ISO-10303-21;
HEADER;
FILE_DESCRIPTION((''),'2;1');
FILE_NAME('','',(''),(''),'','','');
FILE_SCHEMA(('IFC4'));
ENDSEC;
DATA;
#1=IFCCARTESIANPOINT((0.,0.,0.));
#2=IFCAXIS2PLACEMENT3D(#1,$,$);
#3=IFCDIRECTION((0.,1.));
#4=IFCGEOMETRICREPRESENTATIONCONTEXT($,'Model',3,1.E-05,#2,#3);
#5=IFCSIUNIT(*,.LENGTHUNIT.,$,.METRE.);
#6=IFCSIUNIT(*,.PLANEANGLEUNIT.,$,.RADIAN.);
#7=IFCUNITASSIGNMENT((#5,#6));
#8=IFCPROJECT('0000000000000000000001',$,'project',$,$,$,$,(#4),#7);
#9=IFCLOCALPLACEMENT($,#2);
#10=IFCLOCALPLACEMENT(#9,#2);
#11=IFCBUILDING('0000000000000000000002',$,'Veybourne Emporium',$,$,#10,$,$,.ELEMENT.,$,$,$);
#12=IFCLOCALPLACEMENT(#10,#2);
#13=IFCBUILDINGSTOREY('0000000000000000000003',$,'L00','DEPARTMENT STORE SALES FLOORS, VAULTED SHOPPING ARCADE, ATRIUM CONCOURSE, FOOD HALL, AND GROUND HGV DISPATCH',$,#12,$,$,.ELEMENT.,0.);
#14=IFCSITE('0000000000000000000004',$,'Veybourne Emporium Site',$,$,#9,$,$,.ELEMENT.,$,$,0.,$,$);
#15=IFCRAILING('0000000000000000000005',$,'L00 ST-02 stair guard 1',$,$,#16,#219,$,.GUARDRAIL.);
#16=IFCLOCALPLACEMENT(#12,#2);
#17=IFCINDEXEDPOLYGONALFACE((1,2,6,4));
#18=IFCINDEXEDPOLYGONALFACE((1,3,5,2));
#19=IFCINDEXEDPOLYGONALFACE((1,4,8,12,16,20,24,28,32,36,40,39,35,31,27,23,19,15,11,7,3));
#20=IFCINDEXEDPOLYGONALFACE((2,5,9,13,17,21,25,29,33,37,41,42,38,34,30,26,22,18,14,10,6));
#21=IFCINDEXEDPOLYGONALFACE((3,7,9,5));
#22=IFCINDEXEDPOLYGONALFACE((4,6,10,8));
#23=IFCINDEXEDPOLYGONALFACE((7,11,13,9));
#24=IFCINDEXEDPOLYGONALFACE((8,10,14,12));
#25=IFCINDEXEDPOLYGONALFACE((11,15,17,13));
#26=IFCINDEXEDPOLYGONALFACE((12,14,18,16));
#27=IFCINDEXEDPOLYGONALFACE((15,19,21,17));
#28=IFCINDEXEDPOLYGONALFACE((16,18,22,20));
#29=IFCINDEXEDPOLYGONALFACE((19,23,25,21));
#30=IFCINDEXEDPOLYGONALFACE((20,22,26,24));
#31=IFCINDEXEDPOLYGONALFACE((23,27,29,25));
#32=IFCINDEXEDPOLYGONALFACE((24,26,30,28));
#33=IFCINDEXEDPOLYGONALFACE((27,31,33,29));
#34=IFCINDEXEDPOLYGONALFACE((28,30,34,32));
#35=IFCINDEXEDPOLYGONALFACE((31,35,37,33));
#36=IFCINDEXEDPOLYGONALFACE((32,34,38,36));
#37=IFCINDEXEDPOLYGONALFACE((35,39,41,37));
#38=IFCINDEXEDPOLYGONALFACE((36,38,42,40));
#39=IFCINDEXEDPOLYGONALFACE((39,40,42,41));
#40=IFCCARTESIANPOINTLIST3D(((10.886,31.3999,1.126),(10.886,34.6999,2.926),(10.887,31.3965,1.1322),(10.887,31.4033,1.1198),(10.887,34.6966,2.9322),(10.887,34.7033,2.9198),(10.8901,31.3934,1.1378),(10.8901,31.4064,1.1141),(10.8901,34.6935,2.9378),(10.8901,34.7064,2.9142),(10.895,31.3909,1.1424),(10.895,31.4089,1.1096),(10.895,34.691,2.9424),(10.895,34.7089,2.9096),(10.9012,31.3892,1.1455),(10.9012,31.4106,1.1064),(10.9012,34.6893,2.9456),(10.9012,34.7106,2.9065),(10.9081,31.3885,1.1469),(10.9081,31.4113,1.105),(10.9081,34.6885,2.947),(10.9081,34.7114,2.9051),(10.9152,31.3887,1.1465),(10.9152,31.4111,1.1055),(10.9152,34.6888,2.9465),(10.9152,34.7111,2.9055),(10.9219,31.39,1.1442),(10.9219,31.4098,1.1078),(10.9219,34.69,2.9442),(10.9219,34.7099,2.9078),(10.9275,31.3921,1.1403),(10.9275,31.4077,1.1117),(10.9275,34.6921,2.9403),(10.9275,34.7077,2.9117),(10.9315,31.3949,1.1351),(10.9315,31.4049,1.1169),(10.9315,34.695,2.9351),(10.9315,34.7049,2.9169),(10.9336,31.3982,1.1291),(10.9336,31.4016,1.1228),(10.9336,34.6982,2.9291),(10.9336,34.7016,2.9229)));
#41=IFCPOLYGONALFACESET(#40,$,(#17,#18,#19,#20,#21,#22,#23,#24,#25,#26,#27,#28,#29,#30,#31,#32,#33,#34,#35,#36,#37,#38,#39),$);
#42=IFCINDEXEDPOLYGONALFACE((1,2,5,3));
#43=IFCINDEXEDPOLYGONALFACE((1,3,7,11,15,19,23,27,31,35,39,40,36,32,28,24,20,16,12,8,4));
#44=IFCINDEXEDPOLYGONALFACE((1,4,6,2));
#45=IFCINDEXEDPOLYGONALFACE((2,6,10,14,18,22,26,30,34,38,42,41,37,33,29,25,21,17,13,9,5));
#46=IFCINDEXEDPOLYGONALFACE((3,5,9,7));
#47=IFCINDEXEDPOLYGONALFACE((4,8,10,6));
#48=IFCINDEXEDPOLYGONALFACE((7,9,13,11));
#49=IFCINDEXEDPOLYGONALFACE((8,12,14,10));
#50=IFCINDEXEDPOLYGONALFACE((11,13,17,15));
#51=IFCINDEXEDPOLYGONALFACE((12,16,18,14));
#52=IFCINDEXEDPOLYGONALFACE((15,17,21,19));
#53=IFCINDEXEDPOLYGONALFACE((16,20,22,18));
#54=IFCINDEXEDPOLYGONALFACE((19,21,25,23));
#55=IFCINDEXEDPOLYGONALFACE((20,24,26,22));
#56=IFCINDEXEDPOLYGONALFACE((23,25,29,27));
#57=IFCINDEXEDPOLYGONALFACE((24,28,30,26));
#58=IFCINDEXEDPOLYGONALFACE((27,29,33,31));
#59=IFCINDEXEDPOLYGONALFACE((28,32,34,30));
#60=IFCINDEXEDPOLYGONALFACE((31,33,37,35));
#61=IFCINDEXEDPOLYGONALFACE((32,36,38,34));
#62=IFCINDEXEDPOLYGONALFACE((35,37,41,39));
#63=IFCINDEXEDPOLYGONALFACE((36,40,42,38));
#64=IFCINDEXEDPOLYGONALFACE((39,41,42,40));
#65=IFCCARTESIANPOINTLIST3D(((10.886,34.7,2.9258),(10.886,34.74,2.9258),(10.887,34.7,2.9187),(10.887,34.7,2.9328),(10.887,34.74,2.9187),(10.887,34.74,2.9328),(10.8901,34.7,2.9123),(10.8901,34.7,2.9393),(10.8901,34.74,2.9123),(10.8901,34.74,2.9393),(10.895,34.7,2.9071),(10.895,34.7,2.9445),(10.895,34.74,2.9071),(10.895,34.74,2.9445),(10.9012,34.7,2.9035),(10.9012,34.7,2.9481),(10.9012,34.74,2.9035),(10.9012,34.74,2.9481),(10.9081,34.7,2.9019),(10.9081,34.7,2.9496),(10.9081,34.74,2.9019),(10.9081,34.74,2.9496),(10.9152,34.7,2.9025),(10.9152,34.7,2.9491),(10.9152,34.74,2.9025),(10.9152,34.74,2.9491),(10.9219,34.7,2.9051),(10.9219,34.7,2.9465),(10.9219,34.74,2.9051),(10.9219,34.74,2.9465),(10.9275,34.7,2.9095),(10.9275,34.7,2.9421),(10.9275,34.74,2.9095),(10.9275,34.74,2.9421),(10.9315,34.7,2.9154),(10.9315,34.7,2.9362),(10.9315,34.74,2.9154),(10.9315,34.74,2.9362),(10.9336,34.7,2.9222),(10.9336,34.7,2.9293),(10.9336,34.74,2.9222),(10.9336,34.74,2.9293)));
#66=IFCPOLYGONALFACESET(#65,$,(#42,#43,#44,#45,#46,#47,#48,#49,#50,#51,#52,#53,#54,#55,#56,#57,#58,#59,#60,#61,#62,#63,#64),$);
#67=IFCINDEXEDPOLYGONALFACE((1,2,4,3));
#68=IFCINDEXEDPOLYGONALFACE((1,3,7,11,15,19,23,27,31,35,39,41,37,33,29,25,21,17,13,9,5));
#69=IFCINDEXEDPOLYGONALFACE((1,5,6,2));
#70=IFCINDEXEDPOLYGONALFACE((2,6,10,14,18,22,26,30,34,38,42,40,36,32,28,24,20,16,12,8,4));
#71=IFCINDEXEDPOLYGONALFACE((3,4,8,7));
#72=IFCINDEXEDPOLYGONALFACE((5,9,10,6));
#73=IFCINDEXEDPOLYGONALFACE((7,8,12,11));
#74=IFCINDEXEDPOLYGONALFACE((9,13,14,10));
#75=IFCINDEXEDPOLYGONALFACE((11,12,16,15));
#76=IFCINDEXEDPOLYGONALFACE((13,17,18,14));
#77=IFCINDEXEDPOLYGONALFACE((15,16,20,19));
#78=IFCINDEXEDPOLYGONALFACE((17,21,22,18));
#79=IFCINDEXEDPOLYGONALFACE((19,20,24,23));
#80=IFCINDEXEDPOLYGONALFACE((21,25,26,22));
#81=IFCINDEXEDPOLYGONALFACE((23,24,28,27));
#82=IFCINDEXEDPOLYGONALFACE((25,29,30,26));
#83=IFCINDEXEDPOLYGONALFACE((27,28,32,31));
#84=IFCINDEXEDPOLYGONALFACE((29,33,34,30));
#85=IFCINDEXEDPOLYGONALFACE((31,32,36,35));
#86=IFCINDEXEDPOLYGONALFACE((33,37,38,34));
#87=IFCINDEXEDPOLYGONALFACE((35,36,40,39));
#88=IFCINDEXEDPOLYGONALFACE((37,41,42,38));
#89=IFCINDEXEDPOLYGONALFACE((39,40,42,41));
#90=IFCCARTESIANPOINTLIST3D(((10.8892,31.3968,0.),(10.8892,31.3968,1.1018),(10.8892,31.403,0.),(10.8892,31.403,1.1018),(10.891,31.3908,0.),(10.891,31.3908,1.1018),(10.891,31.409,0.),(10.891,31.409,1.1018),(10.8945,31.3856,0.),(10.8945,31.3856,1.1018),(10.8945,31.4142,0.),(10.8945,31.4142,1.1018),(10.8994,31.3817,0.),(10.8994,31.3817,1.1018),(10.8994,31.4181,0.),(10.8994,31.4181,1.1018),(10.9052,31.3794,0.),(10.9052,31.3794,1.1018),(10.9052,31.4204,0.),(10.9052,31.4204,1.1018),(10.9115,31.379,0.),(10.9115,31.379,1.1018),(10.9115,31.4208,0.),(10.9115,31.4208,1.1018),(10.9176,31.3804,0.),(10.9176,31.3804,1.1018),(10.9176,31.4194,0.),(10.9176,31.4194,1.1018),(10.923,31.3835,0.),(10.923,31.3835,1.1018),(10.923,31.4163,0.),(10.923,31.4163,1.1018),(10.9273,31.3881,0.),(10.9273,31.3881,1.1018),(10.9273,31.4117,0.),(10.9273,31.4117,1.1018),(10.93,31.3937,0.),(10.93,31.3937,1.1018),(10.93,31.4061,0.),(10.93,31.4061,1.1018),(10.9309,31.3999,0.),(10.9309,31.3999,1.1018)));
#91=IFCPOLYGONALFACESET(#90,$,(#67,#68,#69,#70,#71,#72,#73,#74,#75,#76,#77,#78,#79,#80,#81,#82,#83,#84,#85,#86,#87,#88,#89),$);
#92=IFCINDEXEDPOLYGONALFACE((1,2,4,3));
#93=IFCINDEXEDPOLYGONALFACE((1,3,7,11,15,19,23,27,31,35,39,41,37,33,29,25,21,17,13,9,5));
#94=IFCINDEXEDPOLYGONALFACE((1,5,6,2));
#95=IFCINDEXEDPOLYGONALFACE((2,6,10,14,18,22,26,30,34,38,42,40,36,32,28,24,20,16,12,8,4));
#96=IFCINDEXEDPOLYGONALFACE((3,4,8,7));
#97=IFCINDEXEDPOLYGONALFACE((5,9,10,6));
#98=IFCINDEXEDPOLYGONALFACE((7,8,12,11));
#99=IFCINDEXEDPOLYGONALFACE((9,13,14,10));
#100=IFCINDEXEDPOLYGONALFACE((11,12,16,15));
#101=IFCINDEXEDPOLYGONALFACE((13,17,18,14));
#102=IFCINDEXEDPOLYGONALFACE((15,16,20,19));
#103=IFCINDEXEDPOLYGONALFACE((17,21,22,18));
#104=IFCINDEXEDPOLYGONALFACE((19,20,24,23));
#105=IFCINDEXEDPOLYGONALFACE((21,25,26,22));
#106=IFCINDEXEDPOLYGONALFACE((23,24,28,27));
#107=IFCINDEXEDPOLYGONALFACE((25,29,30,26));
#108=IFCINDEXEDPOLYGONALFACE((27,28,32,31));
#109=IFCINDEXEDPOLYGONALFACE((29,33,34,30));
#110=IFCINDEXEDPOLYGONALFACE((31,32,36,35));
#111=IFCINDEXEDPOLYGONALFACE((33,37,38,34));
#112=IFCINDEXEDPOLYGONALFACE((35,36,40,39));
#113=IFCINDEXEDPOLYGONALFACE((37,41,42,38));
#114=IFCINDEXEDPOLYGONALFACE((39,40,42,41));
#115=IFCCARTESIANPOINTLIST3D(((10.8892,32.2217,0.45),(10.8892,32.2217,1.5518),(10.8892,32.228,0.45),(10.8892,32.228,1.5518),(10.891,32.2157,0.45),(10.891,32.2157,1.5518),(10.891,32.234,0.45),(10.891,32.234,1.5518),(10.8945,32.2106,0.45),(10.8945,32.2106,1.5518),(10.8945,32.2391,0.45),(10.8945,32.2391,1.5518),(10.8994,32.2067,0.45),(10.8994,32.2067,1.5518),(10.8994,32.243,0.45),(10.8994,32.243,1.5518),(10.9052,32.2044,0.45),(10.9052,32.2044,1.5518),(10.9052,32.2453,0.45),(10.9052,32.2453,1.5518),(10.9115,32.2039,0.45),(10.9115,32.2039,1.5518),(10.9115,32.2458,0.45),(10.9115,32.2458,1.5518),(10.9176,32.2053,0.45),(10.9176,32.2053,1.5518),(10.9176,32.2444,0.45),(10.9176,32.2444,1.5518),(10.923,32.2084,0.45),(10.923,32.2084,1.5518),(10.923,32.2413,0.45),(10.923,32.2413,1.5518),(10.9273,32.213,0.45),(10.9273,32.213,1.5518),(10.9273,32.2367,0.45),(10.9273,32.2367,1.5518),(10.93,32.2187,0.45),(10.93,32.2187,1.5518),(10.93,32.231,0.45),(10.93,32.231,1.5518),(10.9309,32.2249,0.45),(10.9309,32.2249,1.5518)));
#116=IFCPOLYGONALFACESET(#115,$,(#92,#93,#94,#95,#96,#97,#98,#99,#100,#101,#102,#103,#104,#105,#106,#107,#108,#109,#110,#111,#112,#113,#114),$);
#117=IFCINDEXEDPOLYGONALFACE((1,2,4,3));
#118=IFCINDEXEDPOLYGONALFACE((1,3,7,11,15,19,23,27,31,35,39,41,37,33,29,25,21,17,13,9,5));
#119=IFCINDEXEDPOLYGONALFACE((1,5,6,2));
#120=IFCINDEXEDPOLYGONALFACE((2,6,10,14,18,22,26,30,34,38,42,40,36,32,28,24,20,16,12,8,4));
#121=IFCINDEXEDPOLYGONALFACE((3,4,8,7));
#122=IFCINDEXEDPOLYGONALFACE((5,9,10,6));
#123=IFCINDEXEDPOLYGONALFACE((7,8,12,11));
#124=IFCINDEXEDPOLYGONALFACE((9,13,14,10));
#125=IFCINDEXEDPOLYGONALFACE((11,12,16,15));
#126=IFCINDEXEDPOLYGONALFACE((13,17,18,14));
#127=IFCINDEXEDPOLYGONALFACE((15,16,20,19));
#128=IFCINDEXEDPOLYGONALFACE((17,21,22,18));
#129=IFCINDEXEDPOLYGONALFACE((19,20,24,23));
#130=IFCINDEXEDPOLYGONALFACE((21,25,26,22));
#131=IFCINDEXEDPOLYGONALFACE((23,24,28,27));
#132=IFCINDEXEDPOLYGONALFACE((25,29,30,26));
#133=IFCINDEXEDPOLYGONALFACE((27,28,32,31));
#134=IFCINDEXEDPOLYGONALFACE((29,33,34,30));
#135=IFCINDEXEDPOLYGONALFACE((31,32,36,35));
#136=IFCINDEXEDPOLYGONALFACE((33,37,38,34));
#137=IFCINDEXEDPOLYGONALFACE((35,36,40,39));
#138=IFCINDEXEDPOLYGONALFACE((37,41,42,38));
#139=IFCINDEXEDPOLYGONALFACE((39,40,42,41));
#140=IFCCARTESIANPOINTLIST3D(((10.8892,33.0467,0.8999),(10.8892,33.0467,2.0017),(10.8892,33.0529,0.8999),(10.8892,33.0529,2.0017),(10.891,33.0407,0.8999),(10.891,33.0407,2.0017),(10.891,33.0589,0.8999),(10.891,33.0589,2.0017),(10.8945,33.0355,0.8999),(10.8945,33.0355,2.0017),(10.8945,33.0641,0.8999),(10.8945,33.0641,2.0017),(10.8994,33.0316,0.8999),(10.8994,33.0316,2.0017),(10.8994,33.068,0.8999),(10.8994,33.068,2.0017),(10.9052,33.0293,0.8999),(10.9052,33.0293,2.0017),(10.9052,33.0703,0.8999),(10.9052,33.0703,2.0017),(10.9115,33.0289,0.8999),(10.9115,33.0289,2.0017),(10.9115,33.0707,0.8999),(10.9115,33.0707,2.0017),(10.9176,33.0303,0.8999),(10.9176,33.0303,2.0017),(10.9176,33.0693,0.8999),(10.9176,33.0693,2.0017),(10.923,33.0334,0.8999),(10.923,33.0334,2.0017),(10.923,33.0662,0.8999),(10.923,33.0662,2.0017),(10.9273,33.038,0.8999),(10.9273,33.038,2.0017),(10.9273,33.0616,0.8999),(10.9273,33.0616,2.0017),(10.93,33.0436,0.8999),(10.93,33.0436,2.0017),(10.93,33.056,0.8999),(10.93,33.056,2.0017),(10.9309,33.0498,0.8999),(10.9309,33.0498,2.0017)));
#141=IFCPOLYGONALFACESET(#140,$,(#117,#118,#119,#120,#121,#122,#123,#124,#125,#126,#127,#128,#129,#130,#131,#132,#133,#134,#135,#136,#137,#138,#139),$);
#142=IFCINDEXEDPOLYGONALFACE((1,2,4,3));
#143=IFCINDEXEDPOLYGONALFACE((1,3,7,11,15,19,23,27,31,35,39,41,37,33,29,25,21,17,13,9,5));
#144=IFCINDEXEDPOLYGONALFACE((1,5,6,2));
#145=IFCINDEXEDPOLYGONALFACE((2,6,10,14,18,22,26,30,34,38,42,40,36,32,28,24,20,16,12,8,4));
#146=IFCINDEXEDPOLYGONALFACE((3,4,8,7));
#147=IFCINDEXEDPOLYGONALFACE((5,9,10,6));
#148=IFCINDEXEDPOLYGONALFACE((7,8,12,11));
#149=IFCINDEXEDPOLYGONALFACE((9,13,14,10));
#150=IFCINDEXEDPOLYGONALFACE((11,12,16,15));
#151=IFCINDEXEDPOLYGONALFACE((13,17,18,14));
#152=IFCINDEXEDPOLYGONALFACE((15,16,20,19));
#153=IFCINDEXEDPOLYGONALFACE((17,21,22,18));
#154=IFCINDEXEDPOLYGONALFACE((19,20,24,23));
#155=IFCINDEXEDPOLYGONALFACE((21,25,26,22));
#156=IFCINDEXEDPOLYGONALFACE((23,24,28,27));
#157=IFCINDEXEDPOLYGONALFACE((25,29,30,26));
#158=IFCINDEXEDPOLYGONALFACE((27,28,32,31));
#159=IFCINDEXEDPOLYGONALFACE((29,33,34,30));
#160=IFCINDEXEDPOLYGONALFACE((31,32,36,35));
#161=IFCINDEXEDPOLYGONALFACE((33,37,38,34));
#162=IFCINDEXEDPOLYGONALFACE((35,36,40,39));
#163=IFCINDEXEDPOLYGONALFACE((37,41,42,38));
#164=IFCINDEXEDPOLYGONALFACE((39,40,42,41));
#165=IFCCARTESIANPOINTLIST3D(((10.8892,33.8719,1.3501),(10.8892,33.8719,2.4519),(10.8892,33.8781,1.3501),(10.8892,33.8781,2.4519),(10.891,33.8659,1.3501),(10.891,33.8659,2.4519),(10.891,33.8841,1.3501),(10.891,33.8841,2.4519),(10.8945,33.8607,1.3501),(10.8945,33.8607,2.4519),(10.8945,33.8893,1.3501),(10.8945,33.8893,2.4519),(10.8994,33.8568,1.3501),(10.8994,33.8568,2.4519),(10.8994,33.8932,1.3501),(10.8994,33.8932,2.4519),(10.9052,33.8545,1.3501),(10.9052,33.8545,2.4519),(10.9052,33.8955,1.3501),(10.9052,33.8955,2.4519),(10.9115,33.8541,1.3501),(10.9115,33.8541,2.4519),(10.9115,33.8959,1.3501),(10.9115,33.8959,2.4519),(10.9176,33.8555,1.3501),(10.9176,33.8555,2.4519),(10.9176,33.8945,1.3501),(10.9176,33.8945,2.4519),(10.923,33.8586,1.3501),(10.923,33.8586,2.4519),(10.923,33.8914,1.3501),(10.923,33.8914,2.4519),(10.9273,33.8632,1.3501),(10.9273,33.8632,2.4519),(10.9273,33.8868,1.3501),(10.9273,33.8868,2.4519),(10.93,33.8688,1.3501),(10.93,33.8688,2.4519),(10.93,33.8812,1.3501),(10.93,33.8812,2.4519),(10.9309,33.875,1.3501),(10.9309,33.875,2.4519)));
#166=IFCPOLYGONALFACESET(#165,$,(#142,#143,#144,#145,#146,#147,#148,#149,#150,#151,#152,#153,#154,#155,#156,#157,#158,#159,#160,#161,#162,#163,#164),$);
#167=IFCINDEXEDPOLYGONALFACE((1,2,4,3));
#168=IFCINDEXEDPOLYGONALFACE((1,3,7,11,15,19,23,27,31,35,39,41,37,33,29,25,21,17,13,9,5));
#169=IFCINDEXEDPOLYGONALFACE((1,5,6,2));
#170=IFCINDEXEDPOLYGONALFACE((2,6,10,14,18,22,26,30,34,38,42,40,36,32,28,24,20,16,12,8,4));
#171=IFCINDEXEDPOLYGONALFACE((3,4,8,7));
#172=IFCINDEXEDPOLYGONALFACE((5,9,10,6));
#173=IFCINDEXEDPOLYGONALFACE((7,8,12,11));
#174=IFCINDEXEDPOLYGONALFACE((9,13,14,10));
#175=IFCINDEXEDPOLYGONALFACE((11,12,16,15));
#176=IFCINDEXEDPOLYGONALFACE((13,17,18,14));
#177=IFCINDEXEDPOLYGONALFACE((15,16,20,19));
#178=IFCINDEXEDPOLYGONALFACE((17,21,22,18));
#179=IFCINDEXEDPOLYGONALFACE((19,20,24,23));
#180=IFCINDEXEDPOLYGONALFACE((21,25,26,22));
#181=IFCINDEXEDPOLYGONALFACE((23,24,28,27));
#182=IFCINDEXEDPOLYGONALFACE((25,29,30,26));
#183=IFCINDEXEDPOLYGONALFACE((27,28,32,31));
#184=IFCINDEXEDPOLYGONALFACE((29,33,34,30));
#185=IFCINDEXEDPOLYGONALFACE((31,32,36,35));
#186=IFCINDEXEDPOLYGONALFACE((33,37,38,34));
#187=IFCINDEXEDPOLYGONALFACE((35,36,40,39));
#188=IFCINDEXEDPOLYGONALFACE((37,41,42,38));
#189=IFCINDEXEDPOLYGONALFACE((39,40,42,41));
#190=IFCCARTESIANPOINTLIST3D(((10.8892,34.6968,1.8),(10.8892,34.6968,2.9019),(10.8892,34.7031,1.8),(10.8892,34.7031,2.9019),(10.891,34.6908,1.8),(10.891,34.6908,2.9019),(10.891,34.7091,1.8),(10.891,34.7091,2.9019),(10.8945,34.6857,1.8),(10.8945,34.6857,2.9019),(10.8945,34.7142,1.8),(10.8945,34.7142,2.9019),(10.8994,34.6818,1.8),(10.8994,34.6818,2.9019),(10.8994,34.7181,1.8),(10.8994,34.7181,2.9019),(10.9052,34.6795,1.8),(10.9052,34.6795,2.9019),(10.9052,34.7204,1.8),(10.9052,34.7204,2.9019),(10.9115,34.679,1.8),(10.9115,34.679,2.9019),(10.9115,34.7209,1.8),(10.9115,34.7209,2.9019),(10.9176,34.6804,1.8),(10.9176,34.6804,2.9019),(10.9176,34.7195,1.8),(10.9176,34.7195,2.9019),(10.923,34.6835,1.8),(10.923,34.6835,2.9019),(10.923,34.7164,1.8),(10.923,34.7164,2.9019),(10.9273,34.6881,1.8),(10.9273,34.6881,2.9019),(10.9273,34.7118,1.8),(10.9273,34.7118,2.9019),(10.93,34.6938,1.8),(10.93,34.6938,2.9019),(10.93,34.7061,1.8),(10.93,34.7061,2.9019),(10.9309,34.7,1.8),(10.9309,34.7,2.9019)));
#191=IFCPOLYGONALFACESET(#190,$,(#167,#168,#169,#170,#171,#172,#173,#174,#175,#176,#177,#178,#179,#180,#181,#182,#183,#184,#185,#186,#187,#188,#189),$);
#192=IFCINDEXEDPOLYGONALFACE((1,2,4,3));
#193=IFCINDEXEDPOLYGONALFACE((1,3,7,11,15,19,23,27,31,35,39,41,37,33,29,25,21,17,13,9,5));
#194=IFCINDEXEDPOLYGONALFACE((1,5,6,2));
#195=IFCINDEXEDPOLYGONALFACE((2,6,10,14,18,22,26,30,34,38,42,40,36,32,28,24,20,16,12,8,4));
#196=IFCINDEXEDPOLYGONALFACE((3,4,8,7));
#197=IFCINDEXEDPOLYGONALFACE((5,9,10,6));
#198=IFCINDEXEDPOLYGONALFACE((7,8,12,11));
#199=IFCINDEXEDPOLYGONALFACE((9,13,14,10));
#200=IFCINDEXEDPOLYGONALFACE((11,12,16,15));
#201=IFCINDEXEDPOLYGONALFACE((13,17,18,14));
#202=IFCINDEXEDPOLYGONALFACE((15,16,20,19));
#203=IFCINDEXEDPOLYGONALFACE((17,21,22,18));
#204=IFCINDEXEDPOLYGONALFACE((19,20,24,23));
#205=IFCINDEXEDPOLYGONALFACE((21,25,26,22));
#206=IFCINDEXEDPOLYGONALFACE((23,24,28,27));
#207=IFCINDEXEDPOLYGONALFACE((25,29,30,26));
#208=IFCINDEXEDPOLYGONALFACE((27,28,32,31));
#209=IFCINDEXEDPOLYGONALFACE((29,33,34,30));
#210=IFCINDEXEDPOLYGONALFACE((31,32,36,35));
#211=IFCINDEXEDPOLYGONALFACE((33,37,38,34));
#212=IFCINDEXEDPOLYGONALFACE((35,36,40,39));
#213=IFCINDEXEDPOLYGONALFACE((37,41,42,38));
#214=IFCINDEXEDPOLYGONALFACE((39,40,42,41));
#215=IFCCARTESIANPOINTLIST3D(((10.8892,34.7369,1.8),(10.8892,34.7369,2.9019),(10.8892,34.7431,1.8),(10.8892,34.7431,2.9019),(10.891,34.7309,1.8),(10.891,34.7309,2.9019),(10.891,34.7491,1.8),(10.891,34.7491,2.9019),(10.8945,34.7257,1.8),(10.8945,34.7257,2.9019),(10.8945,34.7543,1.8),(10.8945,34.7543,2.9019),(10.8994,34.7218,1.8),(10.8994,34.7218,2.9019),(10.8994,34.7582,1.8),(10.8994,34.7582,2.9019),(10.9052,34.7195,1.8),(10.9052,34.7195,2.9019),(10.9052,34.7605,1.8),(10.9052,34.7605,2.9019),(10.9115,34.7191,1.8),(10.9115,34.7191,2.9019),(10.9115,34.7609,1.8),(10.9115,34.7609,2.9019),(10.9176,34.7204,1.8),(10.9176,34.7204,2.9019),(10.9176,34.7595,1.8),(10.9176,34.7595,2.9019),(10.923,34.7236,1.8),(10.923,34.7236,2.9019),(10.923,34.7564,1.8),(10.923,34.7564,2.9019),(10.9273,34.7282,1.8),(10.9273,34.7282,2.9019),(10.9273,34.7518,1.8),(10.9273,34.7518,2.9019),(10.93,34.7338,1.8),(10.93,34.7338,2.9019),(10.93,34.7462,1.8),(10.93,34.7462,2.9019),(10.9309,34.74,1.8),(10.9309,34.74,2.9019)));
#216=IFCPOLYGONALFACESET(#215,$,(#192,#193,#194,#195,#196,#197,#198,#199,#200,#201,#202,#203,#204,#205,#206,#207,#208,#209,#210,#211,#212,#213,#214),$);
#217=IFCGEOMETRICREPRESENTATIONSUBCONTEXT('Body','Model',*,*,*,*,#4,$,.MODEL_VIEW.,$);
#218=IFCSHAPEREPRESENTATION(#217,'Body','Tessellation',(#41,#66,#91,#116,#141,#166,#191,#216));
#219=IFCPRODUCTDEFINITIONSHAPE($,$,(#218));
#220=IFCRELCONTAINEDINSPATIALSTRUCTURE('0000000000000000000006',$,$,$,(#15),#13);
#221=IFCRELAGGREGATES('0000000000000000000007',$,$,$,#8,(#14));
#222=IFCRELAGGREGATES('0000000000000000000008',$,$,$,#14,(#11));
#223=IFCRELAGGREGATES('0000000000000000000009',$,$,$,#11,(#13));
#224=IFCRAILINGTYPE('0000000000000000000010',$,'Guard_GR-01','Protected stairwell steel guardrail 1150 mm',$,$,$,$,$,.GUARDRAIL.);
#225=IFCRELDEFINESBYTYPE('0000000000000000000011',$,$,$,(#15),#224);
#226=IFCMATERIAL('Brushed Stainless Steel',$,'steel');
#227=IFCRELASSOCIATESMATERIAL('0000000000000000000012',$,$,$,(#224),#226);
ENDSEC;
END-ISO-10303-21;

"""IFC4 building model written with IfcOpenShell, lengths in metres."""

from ifc_helpers import new_model, si_unit, direction, frame, origin, origin_2d, place, context, subcontext, project, spatial, circle, extrude, material, type_object, element, save


model = new_model("IFC4")

# Units and contexts
model_context = context("Model", 3, precision=1e-05, world=origin(), true_north=direction((0.0, 1.0)))
body_context = subcontext(model_context, "Body", "Model", "MODEL_VIEW")
ifc_project = project(units=[si_unit("LENGTHUNIT", "METRE"), si_unit("PLANEANGLEUNIT", "RADIAN")], contexts=[model_context])

# Site, building, storey
site_placement = place(None, origin())
site = spatial("IfcSite", under=ifc_project, at=site_placement, Name="Veybourne Emporium Site", CompositionType="ELEMENT", RefElevation=0.0)
building_placement = place(site_placement, origin())
building = spatial("IfcBuilding", under=site, at=building_placement, Name="Veybourne Emporium", CompositionType="ELEMENT")
storey_placement = place(building_placement, origin())
storey = spatial("IfcBuildingStorey", under=building, at=storey_placement, Name="L00", Description="DEPARTMENT STORE SALES FLOORS, VAULTED SHOPPING ARCADE, ATRIUM CONCOURSE, FOOD HALL, AND GROUND HGV DISPATCH", CompositionType="ELEMENT", Elevation=0.0)

# Railing
ifc_material_1 = material(Name="Brushed Stainless Steel", Category="steel")
railing_type_1 = type_object("IfcRailingType", Name="Guard_GR-01", Description="Protected stairwell steel guardrail 1150 mm", PredefinedType="GUARDRAIL", material=ifc_material_1)
railing_1_placement = place(storey_placement, frame((10.9099, 31.3999, 0.0)))
element("IfcRailing", 1, at=railing_1_placement, inside=storey, type_object=railing_type_1, Name="L00 ST-02 stair guard 1", PredefinedType="GUARDRAIL", context=body_context, shape_type="SweptSolid", body=[
    extrude(circle(Radius=0.0239, at=origin_2d()), frame((0.0, 0.0, 1.126), z_axis=(0.0, 0.877893, 0.478857), x_axis=(-1.0, 0.0, 0.0)), (0.0, 0.0, 1.0), 3.759),
    extrude(circle(Radius=0.0239, at=origin_2d()), frame((0.0, 3.3, 2.9258), z_axis=(0.0, 1.0, 0.0), x_axis=(-1.0, 0.0, 0.0)), (0.0, 0.0, 1.0), 0.04),
    extrude(circle(Radius=0.021, at=origin_2d()), origin(), (0.0, 0.0, 1.0), 1.1018),
    extrude(circle(Radius=0.021, at=origin_2d()), frame((0.0, 0.825, 0.45)), (0.0, 0.0, 1.0), 1.1018),
    extrude(circle(Radius=0.021, at=origin_2d()), frame((0.0, 1.6499, 0.8999)), (0.0, 0.0, 1.0), 1.1018),
    extrude(circle(Radius=0.021, at=origin_2d()), frame((0.0, 2.4751, 1.3501)), (0.0, 0.0, 1.0), 1.1018),
    extrude(circle(Radius=0.021, at=origin_2d()), frame((0.0, 3.3, 1.8)), (0.0, 0.0, 1.0), 1.1018),
    extrude(circle(Radius=0.021, at=origin_2d()), frame((0.0, 3.3401, 1.8)), (0.0, 0.0, 1.0), 1.1018),
])

save(model, "model.ifc")
